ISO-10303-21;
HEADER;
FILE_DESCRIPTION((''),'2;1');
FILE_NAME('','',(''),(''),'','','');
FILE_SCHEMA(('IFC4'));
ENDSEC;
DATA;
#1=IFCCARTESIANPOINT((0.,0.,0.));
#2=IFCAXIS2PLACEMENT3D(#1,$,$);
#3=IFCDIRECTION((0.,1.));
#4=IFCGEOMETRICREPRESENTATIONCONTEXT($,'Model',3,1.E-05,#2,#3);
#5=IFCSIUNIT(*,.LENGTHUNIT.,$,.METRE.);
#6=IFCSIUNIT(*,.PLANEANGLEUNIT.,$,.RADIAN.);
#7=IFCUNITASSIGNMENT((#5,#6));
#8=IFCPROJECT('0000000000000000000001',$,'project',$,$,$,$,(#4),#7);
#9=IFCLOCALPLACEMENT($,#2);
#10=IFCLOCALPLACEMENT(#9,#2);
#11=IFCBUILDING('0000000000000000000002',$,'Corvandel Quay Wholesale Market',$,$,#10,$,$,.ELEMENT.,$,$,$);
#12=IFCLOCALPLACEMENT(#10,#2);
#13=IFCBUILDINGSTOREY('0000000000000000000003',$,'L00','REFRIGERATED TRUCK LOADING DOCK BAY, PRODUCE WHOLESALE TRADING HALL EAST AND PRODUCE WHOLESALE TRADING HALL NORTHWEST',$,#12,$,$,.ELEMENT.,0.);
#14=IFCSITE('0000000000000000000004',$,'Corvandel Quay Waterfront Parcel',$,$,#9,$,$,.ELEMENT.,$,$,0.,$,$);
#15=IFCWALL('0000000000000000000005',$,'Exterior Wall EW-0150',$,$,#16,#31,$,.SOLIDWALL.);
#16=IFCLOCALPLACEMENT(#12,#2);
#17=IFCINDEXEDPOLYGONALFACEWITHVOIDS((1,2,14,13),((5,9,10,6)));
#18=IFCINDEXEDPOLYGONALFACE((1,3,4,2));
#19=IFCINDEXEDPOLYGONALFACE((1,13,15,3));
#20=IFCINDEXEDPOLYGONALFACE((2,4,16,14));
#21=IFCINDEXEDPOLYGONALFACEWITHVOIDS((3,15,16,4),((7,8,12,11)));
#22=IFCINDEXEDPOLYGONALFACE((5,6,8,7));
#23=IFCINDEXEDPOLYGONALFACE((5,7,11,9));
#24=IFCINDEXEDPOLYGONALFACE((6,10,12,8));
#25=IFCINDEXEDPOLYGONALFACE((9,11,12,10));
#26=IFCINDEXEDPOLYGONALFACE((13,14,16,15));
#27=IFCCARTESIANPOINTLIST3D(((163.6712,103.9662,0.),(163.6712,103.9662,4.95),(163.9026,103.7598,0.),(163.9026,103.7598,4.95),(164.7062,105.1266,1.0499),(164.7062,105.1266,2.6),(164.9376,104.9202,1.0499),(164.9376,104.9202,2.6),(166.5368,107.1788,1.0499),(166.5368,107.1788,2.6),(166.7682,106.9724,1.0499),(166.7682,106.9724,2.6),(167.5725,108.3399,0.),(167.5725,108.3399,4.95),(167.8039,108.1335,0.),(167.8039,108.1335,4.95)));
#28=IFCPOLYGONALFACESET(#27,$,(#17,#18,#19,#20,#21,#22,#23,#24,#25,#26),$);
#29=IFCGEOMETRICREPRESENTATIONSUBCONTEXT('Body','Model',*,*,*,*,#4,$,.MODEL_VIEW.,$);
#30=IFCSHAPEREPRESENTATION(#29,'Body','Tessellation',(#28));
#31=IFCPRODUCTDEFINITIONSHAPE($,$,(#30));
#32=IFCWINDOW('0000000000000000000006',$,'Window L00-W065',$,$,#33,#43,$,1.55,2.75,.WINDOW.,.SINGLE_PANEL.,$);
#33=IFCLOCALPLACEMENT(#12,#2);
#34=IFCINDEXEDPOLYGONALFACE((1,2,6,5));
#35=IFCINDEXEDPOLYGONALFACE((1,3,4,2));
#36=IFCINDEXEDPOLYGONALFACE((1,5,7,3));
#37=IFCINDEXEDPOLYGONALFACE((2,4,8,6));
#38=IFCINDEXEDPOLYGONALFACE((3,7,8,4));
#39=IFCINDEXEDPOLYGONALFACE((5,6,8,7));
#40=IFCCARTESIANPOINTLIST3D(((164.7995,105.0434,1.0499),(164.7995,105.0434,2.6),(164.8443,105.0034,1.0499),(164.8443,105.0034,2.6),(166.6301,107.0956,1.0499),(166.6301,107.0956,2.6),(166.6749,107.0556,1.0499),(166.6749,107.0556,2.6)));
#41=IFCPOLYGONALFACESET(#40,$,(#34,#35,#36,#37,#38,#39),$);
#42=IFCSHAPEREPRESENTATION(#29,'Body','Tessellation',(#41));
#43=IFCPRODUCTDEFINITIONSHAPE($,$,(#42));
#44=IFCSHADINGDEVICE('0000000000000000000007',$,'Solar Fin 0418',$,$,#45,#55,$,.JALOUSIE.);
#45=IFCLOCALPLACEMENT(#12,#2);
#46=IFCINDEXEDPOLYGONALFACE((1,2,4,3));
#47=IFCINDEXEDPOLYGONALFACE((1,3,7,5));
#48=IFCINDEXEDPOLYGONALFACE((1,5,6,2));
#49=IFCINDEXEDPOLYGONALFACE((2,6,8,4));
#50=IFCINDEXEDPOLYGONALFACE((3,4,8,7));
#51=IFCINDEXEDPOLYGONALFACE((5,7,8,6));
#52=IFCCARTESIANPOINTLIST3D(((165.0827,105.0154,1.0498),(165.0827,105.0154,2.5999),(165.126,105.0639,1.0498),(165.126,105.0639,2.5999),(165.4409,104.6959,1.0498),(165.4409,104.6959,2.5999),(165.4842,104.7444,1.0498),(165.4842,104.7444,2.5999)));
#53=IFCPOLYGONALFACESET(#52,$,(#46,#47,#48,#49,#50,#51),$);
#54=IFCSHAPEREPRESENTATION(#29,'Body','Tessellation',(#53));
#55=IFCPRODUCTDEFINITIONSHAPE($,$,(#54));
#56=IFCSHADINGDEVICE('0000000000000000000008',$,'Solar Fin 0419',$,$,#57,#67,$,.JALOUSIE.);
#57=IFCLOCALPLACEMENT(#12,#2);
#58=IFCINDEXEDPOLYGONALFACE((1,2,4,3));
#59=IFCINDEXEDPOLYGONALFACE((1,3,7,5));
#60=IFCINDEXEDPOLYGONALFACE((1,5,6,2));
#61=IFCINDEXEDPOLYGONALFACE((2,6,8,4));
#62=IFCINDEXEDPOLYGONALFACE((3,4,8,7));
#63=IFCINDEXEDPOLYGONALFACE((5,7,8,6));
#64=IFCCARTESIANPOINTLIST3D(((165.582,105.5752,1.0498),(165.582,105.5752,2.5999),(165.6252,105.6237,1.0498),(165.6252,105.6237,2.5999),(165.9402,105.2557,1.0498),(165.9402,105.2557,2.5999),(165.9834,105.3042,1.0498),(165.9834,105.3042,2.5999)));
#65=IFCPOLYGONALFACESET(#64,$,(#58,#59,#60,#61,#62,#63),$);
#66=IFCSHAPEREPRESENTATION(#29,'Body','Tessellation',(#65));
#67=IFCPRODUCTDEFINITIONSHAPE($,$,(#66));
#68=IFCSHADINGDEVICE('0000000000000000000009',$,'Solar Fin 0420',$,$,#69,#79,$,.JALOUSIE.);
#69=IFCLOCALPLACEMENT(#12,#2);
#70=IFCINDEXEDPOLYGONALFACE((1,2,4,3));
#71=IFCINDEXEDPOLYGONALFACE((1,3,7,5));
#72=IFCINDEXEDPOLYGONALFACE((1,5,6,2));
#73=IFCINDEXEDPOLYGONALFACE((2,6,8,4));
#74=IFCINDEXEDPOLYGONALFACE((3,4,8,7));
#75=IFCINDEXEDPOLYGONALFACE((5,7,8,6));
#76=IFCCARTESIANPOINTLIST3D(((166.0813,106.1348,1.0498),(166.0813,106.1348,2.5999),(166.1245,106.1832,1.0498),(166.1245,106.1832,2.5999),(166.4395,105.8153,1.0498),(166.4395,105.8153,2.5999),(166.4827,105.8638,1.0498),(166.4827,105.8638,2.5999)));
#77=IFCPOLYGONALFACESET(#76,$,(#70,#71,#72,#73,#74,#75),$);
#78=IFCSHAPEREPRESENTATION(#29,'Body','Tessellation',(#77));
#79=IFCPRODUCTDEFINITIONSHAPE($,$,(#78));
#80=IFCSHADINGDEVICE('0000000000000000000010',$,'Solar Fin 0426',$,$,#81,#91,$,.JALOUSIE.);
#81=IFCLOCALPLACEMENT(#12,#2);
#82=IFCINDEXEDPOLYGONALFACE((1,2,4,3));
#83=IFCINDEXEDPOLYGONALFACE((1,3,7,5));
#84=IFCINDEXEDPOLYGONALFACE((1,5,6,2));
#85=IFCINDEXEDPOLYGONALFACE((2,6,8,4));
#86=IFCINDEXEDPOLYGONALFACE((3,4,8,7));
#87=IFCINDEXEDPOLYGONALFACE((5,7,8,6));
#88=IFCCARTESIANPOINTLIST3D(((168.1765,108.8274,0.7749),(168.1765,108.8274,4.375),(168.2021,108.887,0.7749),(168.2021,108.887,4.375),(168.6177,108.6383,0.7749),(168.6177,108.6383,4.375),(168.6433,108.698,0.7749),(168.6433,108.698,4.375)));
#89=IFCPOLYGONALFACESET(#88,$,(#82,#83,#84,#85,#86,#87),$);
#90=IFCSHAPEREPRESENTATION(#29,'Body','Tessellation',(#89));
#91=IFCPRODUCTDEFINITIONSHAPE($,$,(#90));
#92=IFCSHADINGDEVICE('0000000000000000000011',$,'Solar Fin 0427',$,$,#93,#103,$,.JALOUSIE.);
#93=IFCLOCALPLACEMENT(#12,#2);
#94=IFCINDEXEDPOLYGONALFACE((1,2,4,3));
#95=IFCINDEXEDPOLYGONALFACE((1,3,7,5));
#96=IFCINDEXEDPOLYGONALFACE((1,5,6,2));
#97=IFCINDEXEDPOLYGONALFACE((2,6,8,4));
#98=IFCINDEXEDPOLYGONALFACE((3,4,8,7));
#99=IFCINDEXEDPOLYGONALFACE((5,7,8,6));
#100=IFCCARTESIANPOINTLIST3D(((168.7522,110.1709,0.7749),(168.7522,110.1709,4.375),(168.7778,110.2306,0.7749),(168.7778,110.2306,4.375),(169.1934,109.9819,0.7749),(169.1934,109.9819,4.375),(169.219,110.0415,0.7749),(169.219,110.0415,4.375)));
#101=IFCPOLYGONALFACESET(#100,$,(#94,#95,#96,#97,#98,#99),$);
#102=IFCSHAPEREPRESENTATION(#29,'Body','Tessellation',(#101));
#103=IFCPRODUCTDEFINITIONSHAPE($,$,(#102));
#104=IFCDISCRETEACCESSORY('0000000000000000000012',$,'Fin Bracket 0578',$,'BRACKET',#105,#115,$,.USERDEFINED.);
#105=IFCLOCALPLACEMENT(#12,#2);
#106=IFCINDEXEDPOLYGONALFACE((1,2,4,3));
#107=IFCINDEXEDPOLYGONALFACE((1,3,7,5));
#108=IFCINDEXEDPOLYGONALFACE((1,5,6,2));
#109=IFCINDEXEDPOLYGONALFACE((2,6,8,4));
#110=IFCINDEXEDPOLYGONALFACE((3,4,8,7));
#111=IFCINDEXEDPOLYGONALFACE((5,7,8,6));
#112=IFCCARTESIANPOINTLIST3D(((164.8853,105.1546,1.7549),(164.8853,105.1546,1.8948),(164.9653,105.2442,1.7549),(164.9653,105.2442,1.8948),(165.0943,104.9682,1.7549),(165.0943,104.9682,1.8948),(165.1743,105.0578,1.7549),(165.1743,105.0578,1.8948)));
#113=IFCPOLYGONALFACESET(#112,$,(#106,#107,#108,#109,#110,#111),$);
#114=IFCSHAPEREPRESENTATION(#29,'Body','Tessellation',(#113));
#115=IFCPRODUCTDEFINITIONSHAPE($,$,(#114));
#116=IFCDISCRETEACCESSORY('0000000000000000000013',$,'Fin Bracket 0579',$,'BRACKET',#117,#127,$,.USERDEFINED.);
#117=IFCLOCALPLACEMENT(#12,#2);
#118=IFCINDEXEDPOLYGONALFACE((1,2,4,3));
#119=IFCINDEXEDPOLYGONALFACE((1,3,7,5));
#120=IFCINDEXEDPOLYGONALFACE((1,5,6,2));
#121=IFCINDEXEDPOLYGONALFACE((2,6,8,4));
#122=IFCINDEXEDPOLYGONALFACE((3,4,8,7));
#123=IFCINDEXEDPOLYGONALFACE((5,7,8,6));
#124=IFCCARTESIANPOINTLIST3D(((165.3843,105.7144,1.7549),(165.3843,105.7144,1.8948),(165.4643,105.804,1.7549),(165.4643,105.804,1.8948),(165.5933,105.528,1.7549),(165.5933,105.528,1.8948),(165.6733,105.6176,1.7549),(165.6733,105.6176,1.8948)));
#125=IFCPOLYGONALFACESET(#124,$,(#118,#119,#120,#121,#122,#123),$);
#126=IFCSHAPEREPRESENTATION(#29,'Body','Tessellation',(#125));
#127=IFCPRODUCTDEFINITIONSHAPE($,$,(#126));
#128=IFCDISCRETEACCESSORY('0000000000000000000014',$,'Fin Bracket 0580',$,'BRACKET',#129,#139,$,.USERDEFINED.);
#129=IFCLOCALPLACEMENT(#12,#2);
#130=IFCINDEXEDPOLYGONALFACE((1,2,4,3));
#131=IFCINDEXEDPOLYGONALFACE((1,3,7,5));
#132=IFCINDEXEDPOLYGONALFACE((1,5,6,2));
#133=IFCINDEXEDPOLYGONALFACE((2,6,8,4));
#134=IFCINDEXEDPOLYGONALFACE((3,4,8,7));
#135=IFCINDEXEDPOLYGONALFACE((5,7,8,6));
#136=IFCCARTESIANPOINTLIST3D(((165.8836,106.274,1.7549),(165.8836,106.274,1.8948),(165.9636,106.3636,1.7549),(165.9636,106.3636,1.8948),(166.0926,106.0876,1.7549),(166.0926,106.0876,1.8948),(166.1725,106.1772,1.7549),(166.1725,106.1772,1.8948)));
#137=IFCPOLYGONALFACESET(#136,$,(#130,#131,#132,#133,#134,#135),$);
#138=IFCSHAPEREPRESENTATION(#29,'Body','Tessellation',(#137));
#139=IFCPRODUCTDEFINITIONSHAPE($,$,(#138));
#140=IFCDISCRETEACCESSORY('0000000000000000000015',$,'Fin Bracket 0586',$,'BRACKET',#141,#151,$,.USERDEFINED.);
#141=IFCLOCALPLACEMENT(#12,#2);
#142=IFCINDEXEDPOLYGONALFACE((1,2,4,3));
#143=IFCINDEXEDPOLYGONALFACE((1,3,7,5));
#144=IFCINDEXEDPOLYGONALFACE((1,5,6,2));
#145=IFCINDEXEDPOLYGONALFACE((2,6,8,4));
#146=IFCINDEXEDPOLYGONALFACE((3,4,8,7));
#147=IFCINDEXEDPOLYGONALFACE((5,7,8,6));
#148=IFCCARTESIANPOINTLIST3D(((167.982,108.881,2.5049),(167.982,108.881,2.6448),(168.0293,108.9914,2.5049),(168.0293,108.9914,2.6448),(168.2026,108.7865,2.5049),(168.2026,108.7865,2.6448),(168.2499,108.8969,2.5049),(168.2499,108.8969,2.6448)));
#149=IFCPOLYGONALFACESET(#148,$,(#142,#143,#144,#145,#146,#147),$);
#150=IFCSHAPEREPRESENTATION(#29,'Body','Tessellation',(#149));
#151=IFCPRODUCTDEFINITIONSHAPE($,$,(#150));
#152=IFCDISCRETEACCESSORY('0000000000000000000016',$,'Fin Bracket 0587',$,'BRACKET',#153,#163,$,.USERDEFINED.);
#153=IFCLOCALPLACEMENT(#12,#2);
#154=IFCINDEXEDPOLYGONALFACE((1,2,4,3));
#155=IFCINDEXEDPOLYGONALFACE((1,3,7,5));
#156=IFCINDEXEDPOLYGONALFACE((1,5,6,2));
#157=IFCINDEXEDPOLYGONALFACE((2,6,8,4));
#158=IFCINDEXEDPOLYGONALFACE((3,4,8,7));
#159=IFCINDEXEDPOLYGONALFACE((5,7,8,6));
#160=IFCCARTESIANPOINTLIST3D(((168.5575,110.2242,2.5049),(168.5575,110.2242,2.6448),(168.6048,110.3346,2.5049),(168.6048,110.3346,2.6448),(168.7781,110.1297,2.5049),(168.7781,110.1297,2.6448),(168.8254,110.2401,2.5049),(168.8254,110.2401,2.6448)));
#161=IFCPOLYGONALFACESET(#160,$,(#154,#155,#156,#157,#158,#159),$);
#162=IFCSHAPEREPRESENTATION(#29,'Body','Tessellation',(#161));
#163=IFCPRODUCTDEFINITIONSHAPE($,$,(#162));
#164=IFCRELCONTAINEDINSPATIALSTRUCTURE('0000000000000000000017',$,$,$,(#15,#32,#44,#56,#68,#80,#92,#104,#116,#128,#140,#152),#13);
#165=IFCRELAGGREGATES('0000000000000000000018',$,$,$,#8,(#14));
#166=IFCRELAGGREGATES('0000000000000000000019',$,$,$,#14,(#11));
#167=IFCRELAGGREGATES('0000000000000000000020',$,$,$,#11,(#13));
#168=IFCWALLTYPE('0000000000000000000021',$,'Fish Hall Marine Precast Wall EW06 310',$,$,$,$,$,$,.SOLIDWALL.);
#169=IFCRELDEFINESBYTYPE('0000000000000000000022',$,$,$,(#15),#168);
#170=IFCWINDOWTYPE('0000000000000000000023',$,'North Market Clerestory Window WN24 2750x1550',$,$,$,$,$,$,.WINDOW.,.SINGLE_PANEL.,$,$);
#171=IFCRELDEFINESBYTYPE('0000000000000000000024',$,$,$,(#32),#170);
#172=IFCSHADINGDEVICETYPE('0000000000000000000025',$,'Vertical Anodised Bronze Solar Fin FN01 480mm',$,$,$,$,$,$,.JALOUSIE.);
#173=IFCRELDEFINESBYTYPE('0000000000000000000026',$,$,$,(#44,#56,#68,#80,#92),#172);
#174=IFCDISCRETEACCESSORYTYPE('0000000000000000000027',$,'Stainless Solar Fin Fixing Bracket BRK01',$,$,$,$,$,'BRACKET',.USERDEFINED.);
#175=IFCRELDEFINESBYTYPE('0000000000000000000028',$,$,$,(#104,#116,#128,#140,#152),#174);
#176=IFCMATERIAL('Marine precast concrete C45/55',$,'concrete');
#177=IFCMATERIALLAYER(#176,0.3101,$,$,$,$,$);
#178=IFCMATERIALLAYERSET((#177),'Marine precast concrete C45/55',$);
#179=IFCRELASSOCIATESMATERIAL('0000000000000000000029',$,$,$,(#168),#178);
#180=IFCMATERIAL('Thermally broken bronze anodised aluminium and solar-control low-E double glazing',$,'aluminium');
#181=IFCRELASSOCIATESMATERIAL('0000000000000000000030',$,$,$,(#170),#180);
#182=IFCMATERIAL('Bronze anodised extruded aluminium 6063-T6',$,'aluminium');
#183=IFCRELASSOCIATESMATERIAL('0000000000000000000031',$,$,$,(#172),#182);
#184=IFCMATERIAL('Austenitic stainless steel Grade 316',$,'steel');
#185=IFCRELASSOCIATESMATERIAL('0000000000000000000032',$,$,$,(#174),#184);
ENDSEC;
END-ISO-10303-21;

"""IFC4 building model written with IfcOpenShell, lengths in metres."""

from ifc_helpers import new_model, si_unit, direction, frame, frame_2d, origin, origin_2d, place, context, subcontext, project, spatial, rectangle, extrude, material, layer, layer_set, type_object, element, fill, save


model = new_model("IFC4")

# Units and contexts
model_context = context("Model", 3, precision=1e-05, world=origin(), true_north=direction((0.0, 1.0)))
body_context = subcontext(model_context, "Body", "Model", "MODEL_VIEW")
ifc_project = project(units=[si_unit("LENGTHUNIT", "METRE"), si_unit("PLANEANGLEUNIT", "RADIAN")], contexts=[model_context])

# Site, building, storey
site_placement = place(None, origin())
site = spatial("IfcSite", under=ifc_project, at=site_placement, Name="Corvandel Quay Waterfront Parcel", CompositionType="ELEMENT", RefElevation=0.0)
building_placement = place(site_placement, origin())
building = spatial("IfcBuilding", under=site, at=building_placement, Name="Corvandel Quay Wholesale Market", CompositionType="ELEMENT")
storey_placement = place(building_placement, origin())
storey = spatial("IfcBuildingStorey", under=building, at=storey_placement, Name="L00", Description="REFRIGERATED TRUCK LOADING DOCK BAY, PRODUCE WHOLESALE TRADING HALL EAST AND PRODUCE WHOLESALE TRADING HALL NORTHWEST", CompositionType="ELEMENT", Elevation=0.0)

# Wall, opening, window
ifc_material_1 = material(Name="Marine precast concrete C45/55", Category="concrete")
ifc_layer_1 = layer(ifc_material_1, 0.3101)
ifc_layer_set_1 = layer_set([ifc_layer_1], Name="Marine precast concrete C45/55")
wall_type = type_object("IfcWallType", Name="Fish Hall Marine Precast Wall EW06 310", PredefinedType="SOLIDWALL", material=ifc_layer_set_1)
wall_placement = place(storey_placement, frame((163.7869, 103.863, 0.0), z_axis=(0.0, 0.0, 1.0), x_axis=(0.665656, 0.746259, 0.0)))
wall = element("IfcWall", 1, at=wall_placement, inside=storey, type_object=wall_type, Name="Exterior Wall EW-0150", PredefinedType="SOLIDWALL", context=body_context, shape_type="SweptSolid", body=[
    extrude(rectangle(XDim=5.8608, YDim=0.3101, at=frame_2d((2.9304, 0.0))), origin(), (0.0, 0.0, 1.0), 4.95),
])
opening_placement = place(wall_placement, frame((1.5549, 0.0, 1.05)))
opening = element("IfcOpeningElement", 2, at=opening_placement, cuts=wall, PredefinedType="OPENING", context=body_context, shape_type="SweptSolid", body=[
    extrude(rectangle(XDim=2.75, YDim=1.55, at=frame_2d((1.375, 0.7749))), frame((0.0, 0.165, 0.0), z_axis=(0.0, -1.0, 0.0), x_axis=(1.0, 0.0, 0.0)), (0.0, 0.0, 1.0), 0.3301),
])
ifc_material_2 = material(Name="Thermally broken bronze anodised aluminium and solar-control low-E double glazing", Category="aluminium")
window_type = type_object("IfcWindowType", Name="North Market Clerestory Window WN24 2750x1550", PartitioningType="SINGLE_PANEL", PredefinedType="WINDOW", material=ifc_material_2)
window_placement = place(opening_placement, origin())
window = element("IfcWindow", 3, at=window_placement, inside=storey, type_object=window_type, Name="Window L00-W065", OverallHeight=1.55, OverallWidth=2.75, PartitioningType="SINGLE_PANEL", PredefinedType="WINDOW", context=body_context, shape_type="SweptSolid", body=[
    extrude(rectangle(XDim=2.75, YDim=1.55, at=frame_2d((1.375, 0.7749))), frame((0.0, 0.03, 0.0), z_axis=(0.0, -1.0, 0.0), x_axis=(1.0, 0.0, 0.0)), (0.0, 0.0, 1.0), 0.0601),
])
fill(opening, window)

# Shading devices
ifc_material_3 = material(Name="Bronze anodised extruded aluminium 6063-T6", Category="aluminium")
shading_device_type = type_object("IfcShadingDeviceType", Name="Vertical Anodised Bronze Solar Fin FN01 480mm", PredefinedType="JALOUSIE", material=ifc_material_3)
for number, where, z_axis, x_axis, name in (
    (4, (165.2834, 104.8799, 1.0498), (0.0, 0.0, 1.0), (-0.74629, 0.665621, 0.0), "Solar Fin 0418"),
    (5, (165.7827, 105.4397, 1.0498), (0.0, 0.0, 1.0), (-0.74629, 0.665621, 0.0), "Solar Fin 0419"),
    (6, (166.282, 105.9993, 1.0498), (0.0, 0.0, 1.0), (-0.74629, 0.665621, 0.0), "Solar Fin 0420"),
):
    element("IfcShadingDevice", number, at=place(storey_placement, frame(where, z_axis=z_axis, x_axis=x_axis)), inside=storey, type_object=shading_device_type, Name=name, PredefinedType="JALOUSIE", context=body_context, shape_type="SweptSolid", body=[
        extrude(rectangle(XDim=0.48, YDim=0.0649, at=origin_2d()), origin(), (0.0, 0.0, 1.0), 1.55),
    ])
for number, where, z_axis, x_axis, name in (
    (7, (168.4099, 108.7627, 0.7749), (0.0, 0.0, 1.0), (-0.919204, 0.393781, 0.0), "Solar Fin 0426"),
    (8, (168.9856, 110.1062, 0.7749), (0.0, 0.0, 1.0), (-0.919204, 0.393781, 0.0), "Solar Fin 0427"),
):
    element("IfcShadingDevice", number, at=place(storey_placement, frame(where, z_axis=z_axis, x_axis=x_axis)), inside=storey, type_object=shading_device_type, Name=name, PredefinedType="JALOUSIE", context=body_context, shape_type="SweptSolid", body=[
        extrude(rectangle(XDim=0.48, YDim=0.0649, at=origin_2d()), origin(), (0.0, 0.0, 1.0), 3.6001),
    ])

# Discrete accessories
ifc_material_4 = material(Name="Austenitic stainless steel Grade 316", Category="steel")
discrete_accessory_type = type_object("IfcDiscreteAccessoryType", Name="Stainless Solar Fin Fixing Bracket BRK01", ElementType="BRACKET", PredefinedType="USERDEFINED", material=ifc_material_4)
for number, where, z_axis, x_axis, name in (
    (9, (165.0298, 105.1062, 1.7549), (0.0, 0.0, 1.0), (-0.74629, 0.665621, 0.0), "Fin Bracket 0578"),
    (10, (165.5288, 105.666, 1.7549), (0.0, 0.0, 1.0), (-0.74629, 0.665621, 0.0), "Fin Bracket 0579"),
    (11, (166.0281, 106.2256, 1.7549), (0.0, 0.0, 1.0), (-0.74629, 0.665621, 0.0), "Fin Bracket 0580"),
):
    element("IfcDiscreteAccessory", number, at=place(storey_placement, frame(where, z_axis=z_axis, x_axis=x_axis)), inside=storey, type_object=discrete_accessory_type, Name=name, ObjectType="BRACKET", PredefinedType="USERDEFINED", context=body_context, shape_type="SweptSolid", body=[
        extrude(rectangle(XDim=0.28, YDim=0.1201, at=origin_2d()), origin(), (0.0, 0.0, 1.0), 0.1399),
    ])
for number, where, z_axis, x_axis, name in (
    (12, (168.116, 108.8889, 2.5049), (0.0, 0.0, 1.0), (-0.919204, 0.393781, 0.0), "Fin Bracket 0586"),
    (13, (168.6914, 110.2322, 2.5049), (0.0, 0.0, 1.0), (-0.919204, 0.393781, 0.0), "Fin Bracket 0587"),
):
    element("IfcDiscreteAccessory", number, at=place(storey_placement, frame(where, z_axis=z_axis, x_axis=x_axis)), inside=storey, type_object=discrete_accessory_type, Name=name, ObjectType="BRACKET", PredefinedType="USERDEFINED", context=body_context, shape_type="SweptSolid", body=[
        extrude(rectangle(XDim=0.24, YDim=0.1201, at=origin_2d()), origin(), (0.0, 0.0, 1.0), 0.1399),
    ])

save(model, "model.ifc")
